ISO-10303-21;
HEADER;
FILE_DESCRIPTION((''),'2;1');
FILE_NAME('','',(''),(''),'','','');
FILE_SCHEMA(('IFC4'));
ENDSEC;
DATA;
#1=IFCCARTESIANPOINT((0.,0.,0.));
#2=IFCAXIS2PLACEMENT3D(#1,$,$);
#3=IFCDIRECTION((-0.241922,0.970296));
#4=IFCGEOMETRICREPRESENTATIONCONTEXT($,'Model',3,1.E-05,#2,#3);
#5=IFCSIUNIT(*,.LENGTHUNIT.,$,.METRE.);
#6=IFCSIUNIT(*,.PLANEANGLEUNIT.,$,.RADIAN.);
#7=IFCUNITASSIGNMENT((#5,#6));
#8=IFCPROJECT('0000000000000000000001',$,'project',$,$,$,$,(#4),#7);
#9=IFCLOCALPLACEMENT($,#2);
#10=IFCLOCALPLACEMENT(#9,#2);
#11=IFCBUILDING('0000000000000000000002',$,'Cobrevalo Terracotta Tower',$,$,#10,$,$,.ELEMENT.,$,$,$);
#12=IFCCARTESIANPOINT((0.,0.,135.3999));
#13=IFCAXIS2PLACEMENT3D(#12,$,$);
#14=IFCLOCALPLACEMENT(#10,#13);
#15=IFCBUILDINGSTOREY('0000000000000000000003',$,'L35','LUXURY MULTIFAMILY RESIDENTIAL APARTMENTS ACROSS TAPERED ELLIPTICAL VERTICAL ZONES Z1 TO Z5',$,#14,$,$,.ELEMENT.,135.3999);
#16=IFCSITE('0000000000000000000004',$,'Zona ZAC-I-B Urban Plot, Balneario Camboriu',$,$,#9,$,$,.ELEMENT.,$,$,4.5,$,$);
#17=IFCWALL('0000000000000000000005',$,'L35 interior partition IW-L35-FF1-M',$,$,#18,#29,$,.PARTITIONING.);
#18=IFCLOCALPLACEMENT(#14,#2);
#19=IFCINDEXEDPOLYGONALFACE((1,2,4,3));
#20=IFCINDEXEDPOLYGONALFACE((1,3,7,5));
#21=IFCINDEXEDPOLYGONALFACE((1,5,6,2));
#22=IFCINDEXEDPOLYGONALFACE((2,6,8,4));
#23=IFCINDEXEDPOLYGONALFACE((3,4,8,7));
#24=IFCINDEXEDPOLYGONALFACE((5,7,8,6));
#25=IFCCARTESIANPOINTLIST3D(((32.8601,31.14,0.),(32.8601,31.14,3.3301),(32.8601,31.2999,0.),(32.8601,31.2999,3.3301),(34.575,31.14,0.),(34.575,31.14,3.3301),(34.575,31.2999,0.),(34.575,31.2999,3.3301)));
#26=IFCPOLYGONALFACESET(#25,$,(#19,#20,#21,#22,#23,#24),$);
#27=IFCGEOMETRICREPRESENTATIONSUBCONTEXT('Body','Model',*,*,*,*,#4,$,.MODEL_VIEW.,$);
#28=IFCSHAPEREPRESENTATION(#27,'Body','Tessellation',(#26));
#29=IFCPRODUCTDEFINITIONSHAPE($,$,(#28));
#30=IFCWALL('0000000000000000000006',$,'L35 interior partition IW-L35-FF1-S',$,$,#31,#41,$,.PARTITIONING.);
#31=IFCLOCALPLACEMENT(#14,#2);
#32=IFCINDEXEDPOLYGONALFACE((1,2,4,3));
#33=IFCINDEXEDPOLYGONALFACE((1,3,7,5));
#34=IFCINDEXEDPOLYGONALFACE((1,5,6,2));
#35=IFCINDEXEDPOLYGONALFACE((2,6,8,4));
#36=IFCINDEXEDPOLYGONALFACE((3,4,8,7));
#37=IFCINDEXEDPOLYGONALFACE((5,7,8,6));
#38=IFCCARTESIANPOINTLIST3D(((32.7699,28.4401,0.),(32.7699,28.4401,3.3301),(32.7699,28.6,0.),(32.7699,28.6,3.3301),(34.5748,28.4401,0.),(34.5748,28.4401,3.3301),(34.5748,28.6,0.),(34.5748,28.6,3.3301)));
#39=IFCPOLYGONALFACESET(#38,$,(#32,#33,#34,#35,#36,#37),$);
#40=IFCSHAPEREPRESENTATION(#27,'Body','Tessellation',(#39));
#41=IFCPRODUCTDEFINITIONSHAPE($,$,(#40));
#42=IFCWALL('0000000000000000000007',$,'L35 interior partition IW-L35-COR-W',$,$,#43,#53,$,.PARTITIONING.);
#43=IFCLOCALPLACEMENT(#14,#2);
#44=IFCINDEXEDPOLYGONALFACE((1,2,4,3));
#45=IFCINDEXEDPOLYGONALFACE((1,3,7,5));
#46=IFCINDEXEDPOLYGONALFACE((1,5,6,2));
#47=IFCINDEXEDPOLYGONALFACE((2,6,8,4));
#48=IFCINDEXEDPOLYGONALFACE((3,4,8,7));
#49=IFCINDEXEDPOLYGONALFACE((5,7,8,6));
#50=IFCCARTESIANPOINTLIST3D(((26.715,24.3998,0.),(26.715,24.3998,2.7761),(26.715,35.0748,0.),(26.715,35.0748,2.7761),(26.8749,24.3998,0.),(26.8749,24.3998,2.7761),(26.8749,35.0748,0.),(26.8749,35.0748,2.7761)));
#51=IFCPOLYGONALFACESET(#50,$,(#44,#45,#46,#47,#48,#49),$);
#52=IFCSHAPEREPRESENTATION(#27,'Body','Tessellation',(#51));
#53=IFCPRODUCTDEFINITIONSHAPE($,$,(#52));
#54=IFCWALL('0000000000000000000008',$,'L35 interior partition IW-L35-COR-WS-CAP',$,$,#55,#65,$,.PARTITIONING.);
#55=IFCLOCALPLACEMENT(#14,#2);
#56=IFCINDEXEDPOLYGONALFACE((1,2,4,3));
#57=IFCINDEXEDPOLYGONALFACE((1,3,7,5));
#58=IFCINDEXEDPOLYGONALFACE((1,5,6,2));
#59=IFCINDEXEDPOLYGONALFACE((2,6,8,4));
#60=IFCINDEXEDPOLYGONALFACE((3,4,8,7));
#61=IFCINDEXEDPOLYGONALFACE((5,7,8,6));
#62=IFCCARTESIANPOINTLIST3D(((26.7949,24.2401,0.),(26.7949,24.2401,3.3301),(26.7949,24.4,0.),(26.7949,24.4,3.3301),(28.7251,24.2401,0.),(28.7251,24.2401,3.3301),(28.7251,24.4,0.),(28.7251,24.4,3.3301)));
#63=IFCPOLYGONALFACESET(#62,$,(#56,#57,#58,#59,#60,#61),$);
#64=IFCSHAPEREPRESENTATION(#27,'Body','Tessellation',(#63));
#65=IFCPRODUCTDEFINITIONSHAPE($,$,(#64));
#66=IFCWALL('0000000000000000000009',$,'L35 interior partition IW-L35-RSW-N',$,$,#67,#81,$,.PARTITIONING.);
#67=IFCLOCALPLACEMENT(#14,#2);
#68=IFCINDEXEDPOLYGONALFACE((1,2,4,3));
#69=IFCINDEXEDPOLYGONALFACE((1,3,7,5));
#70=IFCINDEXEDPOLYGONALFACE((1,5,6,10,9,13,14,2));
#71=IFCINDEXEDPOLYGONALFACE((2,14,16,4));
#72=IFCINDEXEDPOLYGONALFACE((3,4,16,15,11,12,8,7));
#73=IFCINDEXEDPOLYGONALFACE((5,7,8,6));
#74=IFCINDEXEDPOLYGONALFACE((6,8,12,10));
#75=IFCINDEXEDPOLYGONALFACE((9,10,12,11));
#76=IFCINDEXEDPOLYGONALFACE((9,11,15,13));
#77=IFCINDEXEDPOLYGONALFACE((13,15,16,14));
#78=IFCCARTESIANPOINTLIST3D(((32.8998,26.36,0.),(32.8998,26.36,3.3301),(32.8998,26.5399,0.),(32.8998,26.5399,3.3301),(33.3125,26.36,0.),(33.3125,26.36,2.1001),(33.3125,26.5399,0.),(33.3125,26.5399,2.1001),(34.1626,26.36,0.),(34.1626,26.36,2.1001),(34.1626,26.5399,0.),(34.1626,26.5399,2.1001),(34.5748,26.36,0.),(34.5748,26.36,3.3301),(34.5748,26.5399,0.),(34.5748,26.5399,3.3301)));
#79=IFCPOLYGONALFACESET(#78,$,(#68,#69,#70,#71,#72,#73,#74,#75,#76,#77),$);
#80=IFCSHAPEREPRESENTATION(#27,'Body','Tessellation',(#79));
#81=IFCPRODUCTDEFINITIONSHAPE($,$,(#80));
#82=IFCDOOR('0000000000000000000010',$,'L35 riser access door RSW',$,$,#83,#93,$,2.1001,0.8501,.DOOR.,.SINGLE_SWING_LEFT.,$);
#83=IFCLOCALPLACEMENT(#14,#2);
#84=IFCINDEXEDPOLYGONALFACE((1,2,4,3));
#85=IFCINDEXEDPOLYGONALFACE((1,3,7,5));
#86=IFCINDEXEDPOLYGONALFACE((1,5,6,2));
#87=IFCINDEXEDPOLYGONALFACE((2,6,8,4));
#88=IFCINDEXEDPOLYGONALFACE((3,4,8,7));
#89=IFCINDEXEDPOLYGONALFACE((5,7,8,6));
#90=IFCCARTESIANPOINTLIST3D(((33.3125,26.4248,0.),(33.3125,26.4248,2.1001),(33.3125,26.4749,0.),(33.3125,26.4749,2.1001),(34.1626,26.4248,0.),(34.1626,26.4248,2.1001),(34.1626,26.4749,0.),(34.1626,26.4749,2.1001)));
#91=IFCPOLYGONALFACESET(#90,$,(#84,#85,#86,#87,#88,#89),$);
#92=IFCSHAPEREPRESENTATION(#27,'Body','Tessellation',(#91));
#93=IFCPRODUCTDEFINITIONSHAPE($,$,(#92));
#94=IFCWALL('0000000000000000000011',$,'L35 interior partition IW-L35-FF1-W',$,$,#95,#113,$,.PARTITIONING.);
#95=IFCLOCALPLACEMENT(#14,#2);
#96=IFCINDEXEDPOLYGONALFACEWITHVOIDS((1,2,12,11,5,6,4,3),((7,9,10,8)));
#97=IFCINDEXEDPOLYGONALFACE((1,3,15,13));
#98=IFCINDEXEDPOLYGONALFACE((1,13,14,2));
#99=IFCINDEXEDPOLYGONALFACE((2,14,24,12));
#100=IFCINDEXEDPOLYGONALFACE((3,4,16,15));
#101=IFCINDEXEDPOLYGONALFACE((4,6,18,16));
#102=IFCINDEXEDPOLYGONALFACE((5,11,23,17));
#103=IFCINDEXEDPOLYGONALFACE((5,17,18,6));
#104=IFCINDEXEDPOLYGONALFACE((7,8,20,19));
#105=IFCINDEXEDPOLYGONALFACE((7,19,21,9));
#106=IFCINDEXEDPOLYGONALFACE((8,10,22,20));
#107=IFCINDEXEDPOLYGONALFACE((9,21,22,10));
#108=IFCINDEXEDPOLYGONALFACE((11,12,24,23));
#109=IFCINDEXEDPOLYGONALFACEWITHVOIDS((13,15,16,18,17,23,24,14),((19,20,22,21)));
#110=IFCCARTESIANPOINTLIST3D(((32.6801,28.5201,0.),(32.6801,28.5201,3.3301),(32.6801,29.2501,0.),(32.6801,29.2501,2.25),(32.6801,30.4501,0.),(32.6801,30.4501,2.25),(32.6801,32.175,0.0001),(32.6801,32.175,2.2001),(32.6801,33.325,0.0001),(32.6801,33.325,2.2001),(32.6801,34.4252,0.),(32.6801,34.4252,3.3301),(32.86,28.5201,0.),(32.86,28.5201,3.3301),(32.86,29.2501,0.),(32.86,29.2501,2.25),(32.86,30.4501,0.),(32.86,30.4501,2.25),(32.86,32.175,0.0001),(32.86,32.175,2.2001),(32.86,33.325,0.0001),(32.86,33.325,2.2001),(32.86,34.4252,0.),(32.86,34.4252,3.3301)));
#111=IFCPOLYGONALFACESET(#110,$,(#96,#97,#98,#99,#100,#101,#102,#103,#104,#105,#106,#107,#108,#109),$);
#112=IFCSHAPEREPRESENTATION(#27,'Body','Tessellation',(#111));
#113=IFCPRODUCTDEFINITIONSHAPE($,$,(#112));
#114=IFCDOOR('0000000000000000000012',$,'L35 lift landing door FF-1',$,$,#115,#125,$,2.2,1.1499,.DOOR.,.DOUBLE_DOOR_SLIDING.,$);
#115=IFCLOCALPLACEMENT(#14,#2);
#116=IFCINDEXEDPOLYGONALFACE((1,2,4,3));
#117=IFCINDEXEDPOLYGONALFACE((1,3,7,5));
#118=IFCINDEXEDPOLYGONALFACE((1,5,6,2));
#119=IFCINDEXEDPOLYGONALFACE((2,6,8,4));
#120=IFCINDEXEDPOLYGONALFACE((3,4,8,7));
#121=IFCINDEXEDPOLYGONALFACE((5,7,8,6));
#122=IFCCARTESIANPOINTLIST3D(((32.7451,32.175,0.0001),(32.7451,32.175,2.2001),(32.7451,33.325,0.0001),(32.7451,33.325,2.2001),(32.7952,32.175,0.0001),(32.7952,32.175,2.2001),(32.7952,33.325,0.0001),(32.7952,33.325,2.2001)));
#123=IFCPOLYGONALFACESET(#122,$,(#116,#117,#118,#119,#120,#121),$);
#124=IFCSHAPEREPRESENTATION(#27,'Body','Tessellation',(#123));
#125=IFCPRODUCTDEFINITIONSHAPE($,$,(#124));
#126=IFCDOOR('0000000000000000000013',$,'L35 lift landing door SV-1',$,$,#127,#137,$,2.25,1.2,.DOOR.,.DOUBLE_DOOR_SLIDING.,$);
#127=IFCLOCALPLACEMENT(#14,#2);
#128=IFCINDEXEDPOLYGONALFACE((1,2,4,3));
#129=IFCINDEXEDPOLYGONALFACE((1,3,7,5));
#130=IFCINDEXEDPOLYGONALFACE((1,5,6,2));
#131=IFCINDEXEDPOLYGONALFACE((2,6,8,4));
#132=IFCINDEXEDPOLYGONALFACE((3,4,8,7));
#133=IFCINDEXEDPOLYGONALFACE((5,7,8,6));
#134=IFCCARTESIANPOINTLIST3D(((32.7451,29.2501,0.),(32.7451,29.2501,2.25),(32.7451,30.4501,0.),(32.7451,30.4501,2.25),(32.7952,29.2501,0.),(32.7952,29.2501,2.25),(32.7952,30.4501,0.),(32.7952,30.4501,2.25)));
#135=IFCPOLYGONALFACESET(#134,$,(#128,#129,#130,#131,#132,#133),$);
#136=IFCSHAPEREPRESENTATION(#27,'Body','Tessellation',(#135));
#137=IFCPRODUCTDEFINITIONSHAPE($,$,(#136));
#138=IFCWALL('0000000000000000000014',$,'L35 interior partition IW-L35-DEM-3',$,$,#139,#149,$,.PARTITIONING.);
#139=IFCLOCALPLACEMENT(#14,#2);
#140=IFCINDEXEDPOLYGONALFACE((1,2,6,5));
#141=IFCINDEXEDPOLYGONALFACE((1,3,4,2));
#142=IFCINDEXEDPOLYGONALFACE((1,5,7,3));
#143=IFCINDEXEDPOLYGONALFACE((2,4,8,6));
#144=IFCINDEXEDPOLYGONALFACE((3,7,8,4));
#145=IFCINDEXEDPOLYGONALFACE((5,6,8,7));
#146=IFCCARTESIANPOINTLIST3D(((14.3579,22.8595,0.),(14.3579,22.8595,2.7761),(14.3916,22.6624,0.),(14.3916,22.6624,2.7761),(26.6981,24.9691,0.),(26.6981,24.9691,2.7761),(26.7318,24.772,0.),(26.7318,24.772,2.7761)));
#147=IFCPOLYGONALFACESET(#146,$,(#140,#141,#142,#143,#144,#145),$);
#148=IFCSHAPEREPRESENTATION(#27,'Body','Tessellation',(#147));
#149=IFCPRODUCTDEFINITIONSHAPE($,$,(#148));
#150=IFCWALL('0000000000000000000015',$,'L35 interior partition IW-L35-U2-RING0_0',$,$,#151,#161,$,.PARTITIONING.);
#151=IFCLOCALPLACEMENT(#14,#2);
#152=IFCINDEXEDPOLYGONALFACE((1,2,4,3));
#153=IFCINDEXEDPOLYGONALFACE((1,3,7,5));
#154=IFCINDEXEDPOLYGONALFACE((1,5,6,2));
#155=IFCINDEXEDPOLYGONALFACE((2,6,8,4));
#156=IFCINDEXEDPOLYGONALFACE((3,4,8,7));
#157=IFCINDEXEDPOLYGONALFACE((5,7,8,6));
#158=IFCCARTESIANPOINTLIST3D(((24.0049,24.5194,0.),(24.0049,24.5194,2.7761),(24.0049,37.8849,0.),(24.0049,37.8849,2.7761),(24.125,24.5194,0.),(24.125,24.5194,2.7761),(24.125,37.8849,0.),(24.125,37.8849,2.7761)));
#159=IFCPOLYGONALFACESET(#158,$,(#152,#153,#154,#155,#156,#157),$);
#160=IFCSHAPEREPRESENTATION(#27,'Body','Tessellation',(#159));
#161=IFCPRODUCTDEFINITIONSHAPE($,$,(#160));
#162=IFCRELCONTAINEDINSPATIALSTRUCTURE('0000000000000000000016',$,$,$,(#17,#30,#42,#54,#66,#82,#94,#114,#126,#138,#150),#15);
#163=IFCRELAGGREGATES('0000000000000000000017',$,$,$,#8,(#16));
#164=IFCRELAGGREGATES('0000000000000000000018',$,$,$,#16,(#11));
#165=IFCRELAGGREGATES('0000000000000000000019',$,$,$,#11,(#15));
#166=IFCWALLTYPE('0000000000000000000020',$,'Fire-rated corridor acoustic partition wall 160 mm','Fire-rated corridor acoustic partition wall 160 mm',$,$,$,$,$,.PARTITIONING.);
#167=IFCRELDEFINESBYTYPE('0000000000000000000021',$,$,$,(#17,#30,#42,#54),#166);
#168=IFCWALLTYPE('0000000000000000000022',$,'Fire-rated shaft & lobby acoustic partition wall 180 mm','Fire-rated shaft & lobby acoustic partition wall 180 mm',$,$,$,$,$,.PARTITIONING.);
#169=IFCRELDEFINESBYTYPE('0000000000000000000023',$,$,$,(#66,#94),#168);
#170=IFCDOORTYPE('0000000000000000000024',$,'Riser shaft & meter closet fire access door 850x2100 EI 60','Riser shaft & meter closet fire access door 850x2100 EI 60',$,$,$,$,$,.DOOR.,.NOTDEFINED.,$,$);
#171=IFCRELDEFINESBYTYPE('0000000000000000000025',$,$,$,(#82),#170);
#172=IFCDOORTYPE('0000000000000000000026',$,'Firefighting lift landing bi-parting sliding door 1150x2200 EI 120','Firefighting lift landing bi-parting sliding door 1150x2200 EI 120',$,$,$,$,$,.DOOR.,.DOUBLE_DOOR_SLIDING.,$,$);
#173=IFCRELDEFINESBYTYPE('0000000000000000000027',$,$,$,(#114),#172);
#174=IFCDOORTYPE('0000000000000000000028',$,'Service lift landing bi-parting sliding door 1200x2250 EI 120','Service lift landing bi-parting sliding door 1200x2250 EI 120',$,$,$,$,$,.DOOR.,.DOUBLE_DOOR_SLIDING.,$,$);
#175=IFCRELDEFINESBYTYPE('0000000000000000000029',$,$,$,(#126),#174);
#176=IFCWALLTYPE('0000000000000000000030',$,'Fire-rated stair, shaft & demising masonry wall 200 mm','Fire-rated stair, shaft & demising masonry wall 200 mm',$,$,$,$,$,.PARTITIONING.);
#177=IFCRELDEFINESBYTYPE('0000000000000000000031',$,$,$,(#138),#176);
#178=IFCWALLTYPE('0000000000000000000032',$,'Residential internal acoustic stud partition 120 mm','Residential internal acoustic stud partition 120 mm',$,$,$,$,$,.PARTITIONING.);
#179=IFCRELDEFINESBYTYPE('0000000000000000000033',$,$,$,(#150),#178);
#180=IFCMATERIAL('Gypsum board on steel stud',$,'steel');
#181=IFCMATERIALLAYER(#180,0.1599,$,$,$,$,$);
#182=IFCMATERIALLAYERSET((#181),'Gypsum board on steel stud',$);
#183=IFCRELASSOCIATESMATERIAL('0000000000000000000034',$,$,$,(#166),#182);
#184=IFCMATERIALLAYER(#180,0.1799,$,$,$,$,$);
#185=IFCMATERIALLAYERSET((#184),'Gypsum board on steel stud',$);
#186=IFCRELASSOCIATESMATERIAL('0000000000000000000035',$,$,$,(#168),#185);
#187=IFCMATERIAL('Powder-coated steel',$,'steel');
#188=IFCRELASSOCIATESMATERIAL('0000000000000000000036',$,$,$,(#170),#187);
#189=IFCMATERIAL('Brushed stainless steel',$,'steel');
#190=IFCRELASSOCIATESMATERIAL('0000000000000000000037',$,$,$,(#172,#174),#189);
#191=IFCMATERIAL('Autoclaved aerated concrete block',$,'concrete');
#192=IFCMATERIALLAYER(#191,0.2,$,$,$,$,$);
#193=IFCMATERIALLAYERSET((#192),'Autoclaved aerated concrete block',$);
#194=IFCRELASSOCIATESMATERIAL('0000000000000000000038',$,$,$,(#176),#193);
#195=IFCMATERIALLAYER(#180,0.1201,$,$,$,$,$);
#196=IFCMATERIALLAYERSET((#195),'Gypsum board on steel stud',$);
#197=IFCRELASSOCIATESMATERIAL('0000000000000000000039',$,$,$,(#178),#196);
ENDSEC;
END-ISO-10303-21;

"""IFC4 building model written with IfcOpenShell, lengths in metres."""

from ifc_helpers import new_model, si_unit, direction, frame, frame_2d, origin, place, context, subcontext, project, spatial, rectangle, extrude, source, transform, mapped, material, layer, layer_set, type_object, element, fill, save


model = new_model("IFC4")

# Units and contexts
model_context = context("Model", 3, precision=1e-05, world=origin(), true_north=direction((-0.241922, 0.970296)))
body_context = subcontext(model_context, "Body", "Model", "MODEL_VIEW")
ifc_project = project(units=[si_unit("LENGTHUNIT", "METRE"), si_unit("PLANEANGLEUNIT", "RADIAN")], contexts=[model_context])

# Site, building, storey
site_placement = place(None, origin())
site = spatial("IfcSite", under=ifc_project, at=site_placement, Name="Zona ZAC-I-B Urban Plot, Balneario Camboriu", CompositionType="ELEMENT", RefElevation=4.5)
building_placement = place(site_placement, origin())
building = spatial("IfcBuilding", under=site, at=building_placement, Name="Cobrevalo Terracotta Tower", CompositionType="ELEMENT")
storey_placement = place(building_placement, frame((0.0, 0.0, 135.3999)))
storey = spatial("IfcBuildingStorey", under=building, at=storey_placement, Name="L35", Description="LUXURY MULTIFAMILY RESIDENTIAL APARTMENTS ACROSS TAPERED ELLIPTICAL VERTICAL ZONES Z1 TO Z5", CompositionType="ELEMENT", Elevation=135.3999)

# Walls
ifc_material_1 = material(Name="Gypsum board on steel stud", Category="steel")
ifc_layer_1 = layer(ifc_material_1, 0.1599)
ifc_layer_set_1 = layer_set([ifc_layer_1], Name="Gypsum board on steel stud")
wall_type_1 = type_object("IfcWallType", Name="Fire-rated corridor acoustic partition wall 160 mm", Description="Fire-rated corridor acoustic partition wall 160 mm", PredefinedType="PARTITIONING", material=ifc_layer_set_1)
wall_1_placement = place(storey_placement, frame((32.8601, 31.22, 0.0), z_axis=(0.0, 0.0, 1.0), x_axis=(1.0, 0.0, 0.0)))
element("IfcWall", 1, at=wall_1_placement, inside=storey, type_object=wall_type_1, Name="L35 interior partition IW-L35-FF1-M", PredefinedType="PARTITIONING", context=body_context, shape_type="SweptSolid", body=[
    extrude(rectangle(XDim=1.7148, YDim=0.1599, at=frame_2d((0.8574, 0.0))), origin(), (0.0, 0.0, 1.0), 3.3301),
])
wall_2_placement = place(storey_placement, frame((32.77, 28.52, 0.0), z_axis=(0.0, 0.0, 1.0), x_axis=(1.0, 0.0, 0.0)))
element("IfcWall", 2, at=wall_2_placement, inside=storey, type_object=wall_type_1, Name="L35 interior partition IW-L35-FF1-S", PredefinedType="PARTITIONING", context=body_context, shape_type="SweptSolid", body=[
    extrude(rectangle(XDim=1.8049, YDim=0.1599, at=frame_2d((0.9023, 0.0))), origin(), (0.0, 0.0, 1.0), 3.3301),
])
wall_3_placement = place(storey_placement, frame((26.7949, 24.3999, 0.0), z_axis=(0.0, 0.0, 1.0), x_axis=(0.0, 1.0, 0.0)))
element("IfcWall", 3, at=wall_3_placement, inside=storey, type_object=wall_type_1, Name="L35 interior partition IW-L35-COR-W", PredefinedType="PARTITIONING", context=body_context, shape_type="SweptSolid", body=[
    extrude(rectangle(XDim=10.675, YDim=0.1599, at=frame_2d((5.3374, 0.0))), origin(), (0.0, 0.0, 1.0), 2.7761),
])
wall_4_placement = place(storey_placement, frame((26.7949, 24.3201, 0.0), z_axis=(0.0, 0.0, 1.0), x_axis=(1.0, 0.0, 0.0)))
element("IfcWall", 4, at=wall_4_placement, inside=storey, type_object=wall_type_1, Name="L35 interior partition IW-L35-COR-WS-CAP", PredefinedType="PARTITIONING", context=body_context, shape_type="SweptSolid", body=[
    extrude(rectangle(XDim=1.9302, YDim=0.1599, at=frame_2d((0.9651, 0.0))), origin(), (0.0, 0.0, 1.0), 3.3301),
])

# Wall, opening, door
ifc_layer_2 = layer(ifc_material_1, 0.1799)
ifc_layer_set_2 = layer_set([ifc_layer_2], Name="Gypsum board on steel stud")
wall_type_2 = type_object("IfcWallType", Name="Fire-rated shaft & lobby acoustic partition wall 180 mm", Description="Fire-rated shaft & lobby acoustic partition wall 180 mm", PredefinedType="PARTITIONING", material=ifc_layer_set_2)
wall_5_placement = place(storey_placement, frame((32.8999, 26.45, 0.0), z_axis=(0.0, 0.0, 1.0), x_axis=(1.0, 0.0, 0.0)))
wall_5 = element("IfcWall", 5, at=wall_5_placement, inside=storey, type_object=wall_type_2, Name="L35 interior partition IW-L35-RSW-N", PredefinedType="PARTITIONING", context=body_context, shape_type="SweptSolid", body=[
    extrude(rectangle(XDim=1.675, YDim=0.1799, at=frame_2d((0.8374, 0.0))), origin(), (0.0, 0.0, 1.0), 3.3301),
])
opening_1_placement = place(wall_5_placement, frame((0.4126, 0.0, 0.0)))
opening_1 = element("IfcOpeningElement", 6, at=opening_1_placement, cuts=wall_5, PredefinedType="OPENING", context=body_context, shape_type="SweptSolid", body=[
    extrude(rectangle(XDim=0.8501, YDim=2.1001, at=frame_2d((0.425, 1.05))), frame((0.0, 0.1001, 0.0), z_axis=(0.0, -1.0, 0.0), x_axis=(1.0, 0.0, 0.0)), (0.0, 0.0, 1.0), 0.2),
])
ifc_material_2 = material(Name="Powder-coated steel", Category="steel")
door_type_1 = type_object("IfcDoorType", Name="Riser shaft & meter closet fire access door 850x2100 EI 60", Description="Riser shaft & meter closet fire access door 850x2100 EI 60", OperationType="NOTDEFINED", PredefinedType="DOOR", material=ifc_material_2)
shared_shape_1 = source(origin(), body_context, "Body", "SweptSolid", [
    extrude(rectangle(XDim=0.8501, YDim=2.1001, at=frame_2d((0.425, 1.05))), frame((0.0, 0.0249, 0.0), z_axis=(0.0, -1.0, 0.0), x_axis=(1.0, 0.0, 0.0)), (0.0, 0.0, 1.0), 0.05),
])
door_1_placement = place(opening_1_placement, origin())
door_1 = element("IfcDoor", 7, at=door_1_placement, inside=storey, type_object=door_type_1, Name="L35 riser access door RSW", OperationType="SINGLE_SWING_LEFT", OverallHeight=2.1001, OverallWidth=0.8501, PredefinedType="DOOR", context=body_context, shape_type="MappedRepresentation", body=[
    mapped(shared_shape_1, transform((0.0, 0.0, 0.0), scale=1.0)),
])
fill(opening_1, door_1)

# Wall, openings, doors
wall_6_placement = place(storey_placement, frame((32.77, 28.52, 0.0), z_axis=(0.0, 0.0, 1.0), x_axis=(0.0, 1.0, 0.0)))
wall_6 = element("IfcWall", 8, at=wall_6_placement, inside=storey, type_object=wall_type_2, Name="L35 interior partition IW-L35-FF1-W", PredefinedType="PARTITIONING", context=body_context, shape_type="SweptSolid", body=[
    extrude(rectangle(XDim=5.905, YDim=0.1799, at=frame_2d((2.9526, 0.0))), origin(), (0.0, 0.0, 1.0), 3.3301),
])
opening_2_placement = place(wall_6_placement, frame((3.655, 0.0, 0.0)))
opening_2 = element("IfcOpeningElement", 9, at=opening_2_placement, cuts=wall_6, PredefinedType="OPENING", context=body_context, shape_type="SweptSolid", body=[
    extrude(rectangle(XDim=1.1499, YDim=2.2, at=frame_2d((0.575, 1.1001))), frame((0.0, 0.1001, 0.0), z_axis=(0.0, -1.0, 0.0), x_axis=(1.0, 0.0, 0.0)), (0.0, 0.0, 1.0), 0.2),
])
opening_3_placement = place(wall_6_placement, frame((0.73, 0.0, 0.0)))
opening_3 = element("IfcOpeningElement", 10, at=opening_3_placement, cuts=wall_6, PredefinedType="OPENING", context=body_context, shape_type="SweptSolid", body=[
    extrude(rectangle(XDim=1.2, YDim=2.25, at=frame_2d((0.6001, 1.125))), frame((0.0, 0.1001, 0.0), z_axis=(0.0, -1.0, 0.0), x_axis=(1.0, 0.0, 0.0)), (0.0, 0.0, 1.0), 0.2),
])
ifc_material_3 = material(Name="Brushed stainless steel", Category="steel")
door_type_2 = type_object("IfcDoorType", Name="Firefighting lift landing bi-parting sliding door 1150x2200 EI 120", Description="Firefighting lift landing bi-parting sliding door 1150x2200 EI 120", OperationType="DOUBLE_DOOR_SLIDING", PredefinedType="DOOR", material=ifc_material_3)
shared_shape_2 = source(origin(), body_context, "Body", "SweptSolid", [
    extrude(rectangle(XDim=1.1499, YDim=2.2, at=frame_2d((0.575, 1.1001))), frame((0.0, 0.0249, 0.0), z_axis=(0.0, -1.0, 0.0), x_axis=(1.0, 0.0, 0.0)), (0.0, 0.0, 1.0), 0.05),
])
door_2_placement = place(opening_2_placement, origin())
door_2 = element("IfcDoor", 11, at=door_2_placement, inside=storey, type_object=door_type_2, Name="L35 lift landing door FF-1", OperationType="DOUBLE_DOOR_SLIDING", OverallHeight=2.2, OverallWidth=1.1499, PredefinedType="DOOR", context=body_context, shape_type="MappedRepresentation", body=[
    mapped(shared_shape_2, transform((0.0, 0.0, 0.0), scale=1.0)),
])
fill(opening_2, door_2)
door_type_3 = type_object("IfcDoorType", Name="Service lift landing bi-parting sliding door 1200x2250 EI 120", Description="Service lift landing bi-parting sliding door 1200x2250 EI 120", OperationType="DOUBLE_DOOR_SLIDING", PredefinedType="DOOR", material=ifc_material_3)
shared_shape_3 = source(origin(), body_context, "Body", "SweptSolid", [
    extrude(rectangle(XDim=1.2, YDim=2.25, at=frame_2d((0.6001, 1.125))), frame((0.0, 0.0249, 0.0), z_axis=(0.0, -1.0, 0.0), x_axis=(1.0, 0.0, 0.0)), (0.0, 0.0, 1.0), 0.05),
])
door_3_placement = place(opening_3_placement, origin())
door_3 = element("IfcDoor", 12, at=door_3_placement, inside=storey, type_object=door_type_3, Name="L35 lift landing door SV-1", OperationType="DOUBLE_DOOR_SLIDING", OverallHeight=2.25, OverallWidth=1.2, PredefinedType="DOOR", context=body_context, shape_type="MappedRepresentation", body=[
    mapped(shared_shape_3, transform((0.0, 0.0, 0.0), scale=1.0)),
])
fill(opening_3, door_3)

# Walls
ifc_material_4 = material(Name="Autoclaved aerated concrete block", Category="concrete")
ifc_layer_3 = layer(ifc_material_4, 0.2)
ifc_layer_set_3 = layer_set([ifc_layer_3], Name="Autoclaved aerated concrete block")
wall_type_3 = type_object("IfcWallType", Name="Fire-rated stair, shaft & demising masonry wall 200 mm", Description="Fire-rated stair, shaft & demising masonry wall 200 mm", PredefinedType="PARTITIONING", material=ifc_layer_set_3)
wall_7_placement = place(storey_placement, frame((26.7151, 24.8706, 0.0), z_axis=(0.0, 0.0, 1.0), x_axis=(-0.9857, -0.168509, 0.0)))
element("IfcWall", 13, at=wall_7_placement, inside=storey, type_object=wall_type_3, Name="L35 interior partition IW-L35-DEM-3", PredefinedType="PARTITIONING", context=body_context, shape_type="SweptSolid", body=[
    extrude(rectangle(XDim=12.5193, YDim=0.2, at=frame_2d((6.2598, 0.0))), origin(), (0.0, 0.0, 1.0), 2.7761),
])
ifc_layer_4 = layer(ifc_material_1, 0.1201)
ifc_layer_set_4 = layer_set([ifc_layer_4], Name="Gypsum board on steel stud")
wall_type_4 = type_object("IfcWallType", Name="Residential internal acoustic stud partition 120 mm", Description="Residential internal acoustic stud partition 120 mm", PredefinedType="PARTITIONING", material=ifc_layer_set_4)
wall_8_placement = place(storey_placement, frame((24.0649, 24.5195, 0.0), z_axis=(0.0, 0.0, 1.0), x_axis=(0.0, 1.0, 0.0)))
element("IfcWall", 14, at=wall_8_placement, inside=storey, type_object=wall_type_4, Name="L35 interior partition IW-L35-U2-RING0_0", PredefinedType="PARTITIONING", context=body_context, shape_type="SweptSolid", body=[
    extrude(rectangle(XDim=13.3655, YDim=0.1201, at=frame_2d((6.6826, 0.0))), origin(), (0.0, 0.0, 1.0), 2.7761),
])

save(model, "model.ifc")
